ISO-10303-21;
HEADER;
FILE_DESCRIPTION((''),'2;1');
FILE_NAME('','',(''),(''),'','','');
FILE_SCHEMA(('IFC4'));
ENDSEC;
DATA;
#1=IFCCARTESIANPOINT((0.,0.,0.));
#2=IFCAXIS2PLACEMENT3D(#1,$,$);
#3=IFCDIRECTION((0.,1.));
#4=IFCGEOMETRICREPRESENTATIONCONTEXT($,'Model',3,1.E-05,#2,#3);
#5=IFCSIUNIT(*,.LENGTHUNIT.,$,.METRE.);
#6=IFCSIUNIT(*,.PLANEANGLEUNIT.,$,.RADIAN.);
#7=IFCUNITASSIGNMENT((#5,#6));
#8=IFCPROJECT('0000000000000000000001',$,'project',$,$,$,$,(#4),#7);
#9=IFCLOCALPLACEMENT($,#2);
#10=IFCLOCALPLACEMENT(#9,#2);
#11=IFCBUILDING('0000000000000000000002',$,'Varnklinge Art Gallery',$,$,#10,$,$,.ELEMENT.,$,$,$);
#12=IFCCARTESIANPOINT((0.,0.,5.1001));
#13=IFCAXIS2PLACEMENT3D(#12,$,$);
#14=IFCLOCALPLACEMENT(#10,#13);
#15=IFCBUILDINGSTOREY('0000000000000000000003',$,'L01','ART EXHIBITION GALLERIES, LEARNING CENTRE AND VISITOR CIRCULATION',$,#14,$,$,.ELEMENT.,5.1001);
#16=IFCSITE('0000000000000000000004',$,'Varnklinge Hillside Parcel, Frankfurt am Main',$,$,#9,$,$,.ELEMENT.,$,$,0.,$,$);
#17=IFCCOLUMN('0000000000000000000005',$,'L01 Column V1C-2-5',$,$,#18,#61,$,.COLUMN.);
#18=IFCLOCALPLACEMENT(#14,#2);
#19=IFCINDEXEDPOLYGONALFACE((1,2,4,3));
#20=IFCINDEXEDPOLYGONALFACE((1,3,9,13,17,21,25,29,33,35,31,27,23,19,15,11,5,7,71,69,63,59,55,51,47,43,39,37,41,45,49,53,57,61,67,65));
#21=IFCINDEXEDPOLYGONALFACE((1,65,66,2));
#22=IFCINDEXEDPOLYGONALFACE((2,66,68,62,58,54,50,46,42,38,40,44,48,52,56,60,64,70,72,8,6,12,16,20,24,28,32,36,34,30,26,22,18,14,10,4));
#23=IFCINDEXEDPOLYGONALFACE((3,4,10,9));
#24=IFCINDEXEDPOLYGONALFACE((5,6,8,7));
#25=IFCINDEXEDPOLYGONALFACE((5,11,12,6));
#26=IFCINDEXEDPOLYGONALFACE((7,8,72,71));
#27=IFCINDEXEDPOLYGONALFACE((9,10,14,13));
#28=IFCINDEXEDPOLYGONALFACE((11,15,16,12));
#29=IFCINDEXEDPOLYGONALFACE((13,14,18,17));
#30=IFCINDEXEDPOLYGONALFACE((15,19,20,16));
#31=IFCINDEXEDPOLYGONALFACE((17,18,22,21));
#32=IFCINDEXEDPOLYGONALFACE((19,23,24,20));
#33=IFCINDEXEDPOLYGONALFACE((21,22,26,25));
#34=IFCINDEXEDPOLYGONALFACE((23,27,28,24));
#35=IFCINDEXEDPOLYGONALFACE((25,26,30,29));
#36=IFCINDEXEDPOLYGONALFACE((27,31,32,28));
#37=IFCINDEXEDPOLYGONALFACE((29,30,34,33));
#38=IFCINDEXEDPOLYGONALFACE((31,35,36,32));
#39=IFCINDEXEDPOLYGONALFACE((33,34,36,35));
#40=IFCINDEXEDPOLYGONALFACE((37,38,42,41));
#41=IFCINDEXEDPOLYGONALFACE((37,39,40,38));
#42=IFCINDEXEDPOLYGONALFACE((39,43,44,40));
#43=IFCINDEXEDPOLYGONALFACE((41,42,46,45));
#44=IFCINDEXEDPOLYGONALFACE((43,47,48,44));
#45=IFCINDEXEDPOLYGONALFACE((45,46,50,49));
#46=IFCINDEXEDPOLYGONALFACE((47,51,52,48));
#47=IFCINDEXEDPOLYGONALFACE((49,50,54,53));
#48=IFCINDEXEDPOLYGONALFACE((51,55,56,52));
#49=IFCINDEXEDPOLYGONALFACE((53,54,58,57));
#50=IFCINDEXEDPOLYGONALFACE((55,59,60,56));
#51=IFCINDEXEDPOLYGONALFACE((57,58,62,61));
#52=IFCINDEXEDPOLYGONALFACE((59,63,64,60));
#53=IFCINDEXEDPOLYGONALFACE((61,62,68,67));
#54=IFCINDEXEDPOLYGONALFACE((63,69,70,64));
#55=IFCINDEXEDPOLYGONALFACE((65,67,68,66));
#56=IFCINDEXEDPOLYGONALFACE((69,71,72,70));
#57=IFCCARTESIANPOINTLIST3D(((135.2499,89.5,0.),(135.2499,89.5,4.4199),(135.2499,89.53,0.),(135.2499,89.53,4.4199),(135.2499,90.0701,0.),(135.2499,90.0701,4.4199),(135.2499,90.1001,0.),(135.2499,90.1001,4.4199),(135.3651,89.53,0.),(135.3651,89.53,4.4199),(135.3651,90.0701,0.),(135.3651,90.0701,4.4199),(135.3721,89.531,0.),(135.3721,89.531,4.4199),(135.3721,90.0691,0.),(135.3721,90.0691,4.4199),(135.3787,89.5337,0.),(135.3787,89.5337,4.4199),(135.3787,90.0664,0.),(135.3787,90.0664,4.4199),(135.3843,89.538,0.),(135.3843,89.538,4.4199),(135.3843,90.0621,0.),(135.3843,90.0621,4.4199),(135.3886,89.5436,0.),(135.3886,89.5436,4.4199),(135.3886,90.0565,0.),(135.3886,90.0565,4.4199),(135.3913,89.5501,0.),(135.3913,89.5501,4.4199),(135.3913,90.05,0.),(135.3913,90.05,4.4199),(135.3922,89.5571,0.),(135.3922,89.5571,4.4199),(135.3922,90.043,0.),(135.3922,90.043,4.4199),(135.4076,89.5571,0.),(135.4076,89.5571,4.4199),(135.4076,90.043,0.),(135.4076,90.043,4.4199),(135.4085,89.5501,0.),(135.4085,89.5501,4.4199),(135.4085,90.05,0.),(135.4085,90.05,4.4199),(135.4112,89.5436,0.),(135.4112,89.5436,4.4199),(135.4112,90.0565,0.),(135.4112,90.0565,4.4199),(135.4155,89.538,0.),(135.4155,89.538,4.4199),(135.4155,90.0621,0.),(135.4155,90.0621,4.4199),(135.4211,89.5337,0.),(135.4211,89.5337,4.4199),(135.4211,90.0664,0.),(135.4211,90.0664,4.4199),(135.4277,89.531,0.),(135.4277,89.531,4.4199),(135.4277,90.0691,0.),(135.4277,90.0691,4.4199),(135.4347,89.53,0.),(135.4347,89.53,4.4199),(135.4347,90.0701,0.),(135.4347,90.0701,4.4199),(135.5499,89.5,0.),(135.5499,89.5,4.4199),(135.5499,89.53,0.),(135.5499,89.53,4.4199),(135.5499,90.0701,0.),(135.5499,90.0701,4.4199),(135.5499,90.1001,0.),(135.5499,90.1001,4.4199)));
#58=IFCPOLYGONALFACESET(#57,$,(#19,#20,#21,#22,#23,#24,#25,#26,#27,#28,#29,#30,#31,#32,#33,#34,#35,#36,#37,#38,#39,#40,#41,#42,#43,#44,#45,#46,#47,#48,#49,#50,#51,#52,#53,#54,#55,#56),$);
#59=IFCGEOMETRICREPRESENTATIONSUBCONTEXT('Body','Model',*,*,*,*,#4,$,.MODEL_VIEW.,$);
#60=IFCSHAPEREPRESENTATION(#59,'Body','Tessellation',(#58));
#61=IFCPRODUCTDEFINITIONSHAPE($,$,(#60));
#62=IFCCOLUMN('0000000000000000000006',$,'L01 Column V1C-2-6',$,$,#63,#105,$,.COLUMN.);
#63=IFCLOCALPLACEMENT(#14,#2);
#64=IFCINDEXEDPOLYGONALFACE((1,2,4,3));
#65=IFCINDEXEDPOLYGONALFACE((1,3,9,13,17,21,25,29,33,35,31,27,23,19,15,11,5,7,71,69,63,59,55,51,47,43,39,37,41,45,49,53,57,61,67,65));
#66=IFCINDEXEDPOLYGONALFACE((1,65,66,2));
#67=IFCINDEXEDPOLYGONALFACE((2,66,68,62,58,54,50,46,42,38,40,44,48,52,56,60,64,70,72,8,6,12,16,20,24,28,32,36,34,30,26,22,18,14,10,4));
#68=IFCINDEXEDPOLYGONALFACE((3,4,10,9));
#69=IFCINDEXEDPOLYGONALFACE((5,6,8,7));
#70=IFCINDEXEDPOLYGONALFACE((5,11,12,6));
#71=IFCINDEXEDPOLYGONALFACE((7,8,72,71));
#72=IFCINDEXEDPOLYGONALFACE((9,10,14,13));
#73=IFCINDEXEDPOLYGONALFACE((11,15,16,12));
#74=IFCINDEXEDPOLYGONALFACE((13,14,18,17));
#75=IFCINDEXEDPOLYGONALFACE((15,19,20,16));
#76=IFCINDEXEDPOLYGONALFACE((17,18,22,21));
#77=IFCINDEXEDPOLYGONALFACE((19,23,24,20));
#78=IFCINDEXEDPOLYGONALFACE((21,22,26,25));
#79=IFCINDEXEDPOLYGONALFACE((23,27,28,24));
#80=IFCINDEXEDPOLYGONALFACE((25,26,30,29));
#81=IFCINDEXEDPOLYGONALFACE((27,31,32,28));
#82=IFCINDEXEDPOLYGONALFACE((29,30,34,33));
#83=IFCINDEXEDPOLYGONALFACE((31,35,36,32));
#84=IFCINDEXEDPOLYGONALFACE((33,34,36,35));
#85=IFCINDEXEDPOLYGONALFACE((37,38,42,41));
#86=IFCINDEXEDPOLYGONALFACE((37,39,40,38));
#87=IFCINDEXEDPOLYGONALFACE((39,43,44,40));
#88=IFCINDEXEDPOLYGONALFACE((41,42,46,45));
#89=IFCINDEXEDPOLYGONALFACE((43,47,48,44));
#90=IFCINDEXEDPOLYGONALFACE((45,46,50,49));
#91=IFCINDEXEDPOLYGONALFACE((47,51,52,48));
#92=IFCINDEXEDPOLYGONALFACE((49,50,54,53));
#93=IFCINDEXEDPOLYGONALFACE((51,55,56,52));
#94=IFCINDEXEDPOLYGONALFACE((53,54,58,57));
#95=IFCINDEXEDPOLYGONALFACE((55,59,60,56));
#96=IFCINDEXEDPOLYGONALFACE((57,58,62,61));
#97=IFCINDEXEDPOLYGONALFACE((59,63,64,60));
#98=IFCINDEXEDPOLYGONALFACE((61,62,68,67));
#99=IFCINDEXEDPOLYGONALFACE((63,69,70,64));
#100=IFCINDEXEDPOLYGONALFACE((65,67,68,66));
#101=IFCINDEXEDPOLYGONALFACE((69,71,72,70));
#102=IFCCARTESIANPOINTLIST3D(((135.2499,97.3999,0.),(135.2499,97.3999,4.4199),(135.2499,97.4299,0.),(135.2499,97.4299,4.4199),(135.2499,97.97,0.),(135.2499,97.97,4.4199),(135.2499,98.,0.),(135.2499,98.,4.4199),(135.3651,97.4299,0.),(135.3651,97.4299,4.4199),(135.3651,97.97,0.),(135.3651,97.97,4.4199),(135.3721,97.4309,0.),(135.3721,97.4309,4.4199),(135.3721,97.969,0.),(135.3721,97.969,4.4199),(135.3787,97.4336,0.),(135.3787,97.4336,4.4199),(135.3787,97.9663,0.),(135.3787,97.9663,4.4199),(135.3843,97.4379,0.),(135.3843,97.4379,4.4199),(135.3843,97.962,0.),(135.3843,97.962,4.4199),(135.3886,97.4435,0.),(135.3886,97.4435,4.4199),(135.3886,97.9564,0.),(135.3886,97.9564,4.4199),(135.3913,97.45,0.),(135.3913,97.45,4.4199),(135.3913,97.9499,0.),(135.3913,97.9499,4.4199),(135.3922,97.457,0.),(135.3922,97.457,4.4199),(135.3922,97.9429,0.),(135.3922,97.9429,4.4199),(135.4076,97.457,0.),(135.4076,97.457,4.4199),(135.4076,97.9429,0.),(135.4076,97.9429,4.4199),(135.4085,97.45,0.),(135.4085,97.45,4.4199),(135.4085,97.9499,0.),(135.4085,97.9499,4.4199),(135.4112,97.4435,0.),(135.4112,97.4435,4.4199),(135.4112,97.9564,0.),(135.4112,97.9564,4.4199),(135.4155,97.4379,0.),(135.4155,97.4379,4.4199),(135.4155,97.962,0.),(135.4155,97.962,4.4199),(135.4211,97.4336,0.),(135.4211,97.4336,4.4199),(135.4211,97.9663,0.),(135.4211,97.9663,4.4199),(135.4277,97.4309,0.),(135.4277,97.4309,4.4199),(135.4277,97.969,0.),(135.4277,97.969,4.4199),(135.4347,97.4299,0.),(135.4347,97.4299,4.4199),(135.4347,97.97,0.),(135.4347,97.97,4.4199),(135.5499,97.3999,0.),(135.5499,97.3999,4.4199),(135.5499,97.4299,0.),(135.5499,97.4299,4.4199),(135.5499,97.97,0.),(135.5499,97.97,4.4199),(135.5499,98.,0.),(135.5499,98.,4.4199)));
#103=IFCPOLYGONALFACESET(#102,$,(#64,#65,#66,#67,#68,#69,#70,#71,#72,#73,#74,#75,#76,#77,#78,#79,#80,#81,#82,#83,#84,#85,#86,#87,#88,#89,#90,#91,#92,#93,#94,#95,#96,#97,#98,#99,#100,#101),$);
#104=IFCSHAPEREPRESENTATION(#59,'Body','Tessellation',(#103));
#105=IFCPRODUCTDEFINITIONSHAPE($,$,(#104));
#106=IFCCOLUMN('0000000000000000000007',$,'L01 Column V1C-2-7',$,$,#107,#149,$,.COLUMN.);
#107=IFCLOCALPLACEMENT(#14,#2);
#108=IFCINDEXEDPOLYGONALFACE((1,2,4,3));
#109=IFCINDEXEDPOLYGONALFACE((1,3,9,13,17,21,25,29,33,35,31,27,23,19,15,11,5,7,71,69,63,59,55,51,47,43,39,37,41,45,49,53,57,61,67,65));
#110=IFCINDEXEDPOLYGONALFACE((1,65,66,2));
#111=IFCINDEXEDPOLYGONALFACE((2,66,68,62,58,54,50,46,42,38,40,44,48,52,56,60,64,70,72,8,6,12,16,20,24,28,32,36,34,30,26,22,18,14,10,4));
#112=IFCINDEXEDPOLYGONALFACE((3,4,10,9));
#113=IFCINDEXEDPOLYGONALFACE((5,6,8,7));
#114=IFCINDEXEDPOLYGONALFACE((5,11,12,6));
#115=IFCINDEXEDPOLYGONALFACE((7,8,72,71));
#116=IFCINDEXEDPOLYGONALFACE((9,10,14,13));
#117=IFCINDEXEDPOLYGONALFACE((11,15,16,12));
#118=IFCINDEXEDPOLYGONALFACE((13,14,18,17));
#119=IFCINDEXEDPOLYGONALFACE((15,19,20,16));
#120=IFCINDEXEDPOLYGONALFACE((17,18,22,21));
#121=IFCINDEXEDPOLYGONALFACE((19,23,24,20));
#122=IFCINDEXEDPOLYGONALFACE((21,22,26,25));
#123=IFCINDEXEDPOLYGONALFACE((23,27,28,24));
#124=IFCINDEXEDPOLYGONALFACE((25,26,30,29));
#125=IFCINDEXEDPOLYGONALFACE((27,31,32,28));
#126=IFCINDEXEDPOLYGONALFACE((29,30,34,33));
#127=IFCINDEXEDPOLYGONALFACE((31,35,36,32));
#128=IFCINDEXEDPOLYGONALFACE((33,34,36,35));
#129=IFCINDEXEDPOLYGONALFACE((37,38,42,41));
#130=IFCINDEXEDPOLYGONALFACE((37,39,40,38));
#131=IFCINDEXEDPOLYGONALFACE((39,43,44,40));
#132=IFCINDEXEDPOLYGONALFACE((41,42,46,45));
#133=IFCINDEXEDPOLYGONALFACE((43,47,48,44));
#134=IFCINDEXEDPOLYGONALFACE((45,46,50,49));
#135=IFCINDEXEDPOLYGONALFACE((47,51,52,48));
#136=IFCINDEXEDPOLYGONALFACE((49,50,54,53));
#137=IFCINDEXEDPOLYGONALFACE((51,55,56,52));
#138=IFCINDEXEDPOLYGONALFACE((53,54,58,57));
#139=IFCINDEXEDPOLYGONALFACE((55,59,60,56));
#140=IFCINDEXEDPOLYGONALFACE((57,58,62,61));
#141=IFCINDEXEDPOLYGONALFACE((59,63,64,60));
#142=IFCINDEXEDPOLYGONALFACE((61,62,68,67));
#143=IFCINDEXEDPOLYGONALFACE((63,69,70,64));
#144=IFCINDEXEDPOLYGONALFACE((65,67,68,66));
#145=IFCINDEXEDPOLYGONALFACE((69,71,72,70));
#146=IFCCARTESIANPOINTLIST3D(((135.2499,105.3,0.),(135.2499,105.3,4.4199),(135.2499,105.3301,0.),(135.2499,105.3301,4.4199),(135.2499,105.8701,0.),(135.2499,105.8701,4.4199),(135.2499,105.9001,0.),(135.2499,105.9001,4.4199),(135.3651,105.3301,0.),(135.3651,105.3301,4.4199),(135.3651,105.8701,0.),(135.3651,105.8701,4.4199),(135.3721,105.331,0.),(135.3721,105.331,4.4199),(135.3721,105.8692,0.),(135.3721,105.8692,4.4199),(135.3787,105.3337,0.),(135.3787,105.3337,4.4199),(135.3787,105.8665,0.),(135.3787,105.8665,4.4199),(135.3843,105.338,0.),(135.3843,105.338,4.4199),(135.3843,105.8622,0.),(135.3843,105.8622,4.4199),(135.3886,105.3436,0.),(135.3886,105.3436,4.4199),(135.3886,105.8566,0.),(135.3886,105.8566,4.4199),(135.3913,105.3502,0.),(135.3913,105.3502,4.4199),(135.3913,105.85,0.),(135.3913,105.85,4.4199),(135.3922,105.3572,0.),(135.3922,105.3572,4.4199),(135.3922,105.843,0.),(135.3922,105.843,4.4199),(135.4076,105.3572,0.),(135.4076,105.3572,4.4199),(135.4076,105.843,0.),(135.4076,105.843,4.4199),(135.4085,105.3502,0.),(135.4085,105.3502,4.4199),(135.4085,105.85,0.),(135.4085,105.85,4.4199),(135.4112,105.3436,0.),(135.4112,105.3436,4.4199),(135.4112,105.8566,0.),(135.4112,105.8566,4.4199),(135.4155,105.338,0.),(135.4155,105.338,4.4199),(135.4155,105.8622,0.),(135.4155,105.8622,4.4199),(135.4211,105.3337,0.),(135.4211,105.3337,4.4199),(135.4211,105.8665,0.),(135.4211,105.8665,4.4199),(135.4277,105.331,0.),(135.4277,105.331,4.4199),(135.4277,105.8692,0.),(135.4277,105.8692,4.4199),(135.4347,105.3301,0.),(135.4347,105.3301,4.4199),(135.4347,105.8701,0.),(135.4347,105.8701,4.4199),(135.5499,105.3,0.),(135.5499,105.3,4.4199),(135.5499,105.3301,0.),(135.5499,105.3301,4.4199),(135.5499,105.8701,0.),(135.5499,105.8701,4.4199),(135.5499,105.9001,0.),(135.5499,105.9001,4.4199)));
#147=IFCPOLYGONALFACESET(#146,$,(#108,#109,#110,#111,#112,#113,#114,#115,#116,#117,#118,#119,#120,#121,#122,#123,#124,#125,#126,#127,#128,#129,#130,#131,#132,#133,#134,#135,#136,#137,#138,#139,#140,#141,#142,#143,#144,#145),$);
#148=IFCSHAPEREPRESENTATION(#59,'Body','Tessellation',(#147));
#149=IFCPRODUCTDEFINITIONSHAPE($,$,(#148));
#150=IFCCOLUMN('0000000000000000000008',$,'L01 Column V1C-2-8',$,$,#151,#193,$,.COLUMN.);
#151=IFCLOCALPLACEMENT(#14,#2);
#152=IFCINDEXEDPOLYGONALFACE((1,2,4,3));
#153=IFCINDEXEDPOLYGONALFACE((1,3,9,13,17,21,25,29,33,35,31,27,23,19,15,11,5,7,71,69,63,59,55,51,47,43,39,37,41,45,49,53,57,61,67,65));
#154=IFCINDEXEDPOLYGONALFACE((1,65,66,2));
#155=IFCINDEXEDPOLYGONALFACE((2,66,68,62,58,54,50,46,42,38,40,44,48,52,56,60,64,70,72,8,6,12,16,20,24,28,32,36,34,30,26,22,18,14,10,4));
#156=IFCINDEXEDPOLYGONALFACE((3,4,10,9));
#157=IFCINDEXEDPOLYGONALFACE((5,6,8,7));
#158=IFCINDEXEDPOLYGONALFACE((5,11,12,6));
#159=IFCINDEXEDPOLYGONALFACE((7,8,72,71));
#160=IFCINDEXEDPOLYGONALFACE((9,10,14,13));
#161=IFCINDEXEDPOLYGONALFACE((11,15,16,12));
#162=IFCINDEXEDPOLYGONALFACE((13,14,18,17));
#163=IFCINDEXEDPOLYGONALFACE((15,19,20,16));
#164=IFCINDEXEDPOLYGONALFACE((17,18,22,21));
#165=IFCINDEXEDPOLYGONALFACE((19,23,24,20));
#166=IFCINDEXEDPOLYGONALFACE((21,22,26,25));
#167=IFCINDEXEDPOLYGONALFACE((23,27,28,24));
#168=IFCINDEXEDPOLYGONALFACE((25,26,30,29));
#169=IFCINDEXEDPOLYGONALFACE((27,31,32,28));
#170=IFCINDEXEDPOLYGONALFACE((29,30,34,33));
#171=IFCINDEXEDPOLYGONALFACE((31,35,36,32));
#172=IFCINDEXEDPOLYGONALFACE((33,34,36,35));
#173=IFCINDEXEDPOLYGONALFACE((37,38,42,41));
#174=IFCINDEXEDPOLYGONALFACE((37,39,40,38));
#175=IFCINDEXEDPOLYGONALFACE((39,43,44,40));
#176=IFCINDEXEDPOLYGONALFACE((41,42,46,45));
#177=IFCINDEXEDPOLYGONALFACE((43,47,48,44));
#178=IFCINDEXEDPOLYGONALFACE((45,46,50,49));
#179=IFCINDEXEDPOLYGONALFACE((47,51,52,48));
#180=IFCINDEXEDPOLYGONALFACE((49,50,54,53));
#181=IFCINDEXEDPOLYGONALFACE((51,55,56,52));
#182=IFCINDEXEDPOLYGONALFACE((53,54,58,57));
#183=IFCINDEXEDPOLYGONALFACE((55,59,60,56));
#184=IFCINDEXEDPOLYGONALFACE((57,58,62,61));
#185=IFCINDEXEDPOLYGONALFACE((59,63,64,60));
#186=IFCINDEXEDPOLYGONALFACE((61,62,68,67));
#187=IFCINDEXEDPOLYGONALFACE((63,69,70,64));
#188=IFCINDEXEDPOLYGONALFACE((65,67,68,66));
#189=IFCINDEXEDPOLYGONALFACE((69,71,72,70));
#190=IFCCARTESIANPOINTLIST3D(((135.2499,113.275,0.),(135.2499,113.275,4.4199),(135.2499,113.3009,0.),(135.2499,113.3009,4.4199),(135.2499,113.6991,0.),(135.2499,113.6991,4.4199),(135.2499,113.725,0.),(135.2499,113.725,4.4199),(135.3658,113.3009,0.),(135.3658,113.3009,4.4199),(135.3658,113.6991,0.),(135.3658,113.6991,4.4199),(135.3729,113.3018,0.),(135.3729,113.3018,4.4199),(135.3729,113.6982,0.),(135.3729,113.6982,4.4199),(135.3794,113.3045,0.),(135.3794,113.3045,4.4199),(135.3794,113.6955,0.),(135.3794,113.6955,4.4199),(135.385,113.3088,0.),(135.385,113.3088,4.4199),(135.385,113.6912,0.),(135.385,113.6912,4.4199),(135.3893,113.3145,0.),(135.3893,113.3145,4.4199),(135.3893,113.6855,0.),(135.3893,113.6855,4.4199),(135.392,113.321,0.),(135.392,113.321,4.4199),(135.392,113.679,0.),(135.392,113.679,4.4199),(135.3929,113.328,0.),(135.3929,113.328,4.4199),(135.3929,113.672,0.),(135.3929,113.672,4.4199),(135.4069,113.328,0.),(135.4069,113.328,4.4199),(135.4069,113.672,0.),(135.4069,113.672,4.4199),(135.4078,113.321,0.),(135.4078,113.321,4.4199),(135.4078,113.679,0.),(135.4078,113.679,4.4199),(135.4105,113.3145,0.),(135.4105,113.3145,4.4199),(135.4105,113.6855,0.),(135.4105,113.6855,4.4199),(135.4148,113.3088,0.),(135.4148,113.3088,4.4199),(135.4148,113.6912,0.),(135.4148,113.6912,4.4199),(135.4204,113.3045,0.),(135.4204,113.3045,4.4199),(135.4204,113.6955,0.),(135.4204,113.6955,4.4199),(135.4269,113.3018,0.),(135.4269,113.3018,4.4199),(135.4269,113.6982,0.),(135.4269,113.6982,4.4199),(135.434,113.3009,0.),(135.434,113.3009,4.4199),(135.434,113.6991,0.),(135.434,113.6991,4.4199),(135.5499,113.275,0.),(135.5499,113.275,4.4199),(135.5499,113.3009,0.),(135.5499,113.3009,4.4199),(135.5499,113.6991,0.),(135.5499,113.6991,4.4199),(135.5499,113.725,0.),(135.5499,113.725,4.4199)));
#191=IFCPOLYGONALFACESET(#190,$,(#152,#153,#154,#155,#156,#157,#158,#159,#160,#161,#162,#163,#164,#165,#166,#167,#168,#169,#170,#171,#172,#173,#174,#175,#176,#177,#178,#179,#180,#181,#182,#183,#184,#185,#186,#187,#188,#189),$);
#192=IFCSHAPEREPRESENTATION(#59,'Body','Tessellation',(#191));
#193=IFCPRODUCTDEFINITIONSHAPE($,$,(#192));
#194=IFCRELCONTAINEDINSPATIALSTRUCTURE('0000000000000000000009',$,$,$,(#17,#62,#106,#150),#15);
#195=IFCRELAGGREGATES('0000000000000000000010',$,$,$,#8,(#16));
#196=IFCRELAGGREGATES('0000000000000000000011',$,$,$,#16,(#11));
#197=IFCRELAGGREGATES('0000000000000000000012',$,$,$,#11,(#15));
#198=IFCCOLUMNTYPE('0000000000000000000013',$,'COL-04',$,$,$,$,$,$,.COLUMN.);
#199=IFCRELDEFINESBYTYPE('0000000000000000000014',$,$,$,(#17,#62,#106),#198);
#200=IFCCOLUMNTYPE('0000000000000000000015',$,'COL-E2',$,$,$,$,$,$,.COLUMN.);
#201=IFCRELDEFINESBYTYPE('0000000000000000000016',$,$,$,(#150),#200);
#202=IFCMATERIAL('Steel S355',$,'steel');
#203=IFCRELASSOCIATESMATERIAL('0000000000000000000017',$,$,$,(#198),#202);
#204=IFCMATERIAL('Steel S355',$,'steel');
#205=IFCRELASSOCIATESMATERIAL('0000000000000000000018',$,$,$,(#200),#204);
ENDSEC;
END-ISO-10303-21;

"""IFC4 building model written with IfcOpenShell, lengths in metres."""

from ifc_helpers import new_model, si_unit, direction, frame, origin, origin_2d, place, context, subcontext, project, spatial, i_section, extrude, material, material_profile, profile_set, type_object, element, save


model = new_model("IFC4")

# Units and contexts
model_context = context("Model", 3, precision=1e-05, world=origin(), true_north=direction((0.0, 1.0)))
body_context = subcontext(model_context, "Body", "Model", "MODEL_VIEW")
ifc_project = project(units=[si_unit("LENGTHUNIT", "METRE"), si_unit("PLANEANGLEUNIT", "RADIAN")], contexts=[model_context])

# Site, building, storey
site_placement = place(None, origin())
site = spatial("IfcSite", under=ifc_project, at=site_placement, Name="Varnklinge Hillside Parcel, Frankfurt am Main", CompositionType="ELEMENT", RefElevation=0.0)
building_placement = place(site_placement, origin())
building = spatial("IfcBuilding", under=site, at=building_placement, Name="Varnklinge Art Gallery", CompositionType="ELEMENT")
storey_placement = place(building_placement, frame((0.0, 0.0, 5.1001)))
storey = spatial("IfcBuildingStorey", under=building, at=storey_placement, Name="L01", Description="ART EXHIBITION GALLERIES, LEARNING CENTRE AND VISITOR CIRCULATION", CompositionType="ELEMENT", Elevation=5.1001)

# Columns
ifc_material_1 = material(Name="Steel S355", Category="steel")
ifc_material_profile_1 = material_profile(ifc_material_1, i_section(OverallWidth=0.3, OverallDepth=0.6001, WebThickness=0.0154, FlangeThickness=0.03, FilletRadius=0.0271, at=origin_2d()), Name="HEB 600")
ifc_profile_set_1 = profile_set([ifc_material_profile_1], Name="Steel S355")
column_type_1 = type_object("IfcColumnType", Name="COL-04", PredefinedType="COLUMN", material=ifc_profile_set_1)
for number, where, z_axis, x_axis, name in (
    (1, (135.3999, 89.8, 0.0), (0.0, 0.0, 1.0), (1.0, 0.0, 0.0), "L01 Column V1C-2-5"),
    (2, (135.3999, 97.7, 0.0), (0.0, 0.0, 1.0), (1.0, 0.0, 0.0), "L01 Column V1C-2-6"),
    (3, (135.3999, 105.6001, 0.0), (0.0, 0.0, 1.0), (1.0, 0.0, 0.0), "L01 Column V1C-2-7"),
):
    element("IfcColumn", number, at=place(storey_placement, frame(where, z_axis=z_axis, x_axis=x_axis)), inside=storey, type_object=column_type_1, Name=name, PredefinedType="COLUMN", context=body_context, shape_type="SweptSolid", body=[
        extrude(i_section(OverallWidth=0.3, OverallDepth=0.6001, WebThickness=0.0154, FlangeThickness=0.03, FilletRadius=0.0271, at=origin_2d()), origin(), (0.0, 0.0, 1.0), 4.4199),
    ])
ifc_material_2 = material(Name="Steel S355", Category="steel")
ifc_material_profile_2 = material_profile(ifc_material_2, i_section(OverallWidth=0.3, OverallDepth=0.45, WebThickness=0.0139, FlangeThickness=0.0259, FilletRadius=0.0271, at=origin_2d()), Name="HEB 450")
ifc_profile_set_2 = profile_set([ifc_material_profile_2], Name="Steel S355")
column_type_2 = type_object("IfcColumnType", Name="COL-E2", PredefinedType="COLUMN", material=ifc_profile_set_2)
column_placement = place(storey_placement, frame((135.3999, 113.5, 0.0), z_axis=(0.0, 0.0, 1.0), x_axis=(1.0, 0.0, 0.0)))
element("IfcColumn", 4, at=column_placement, inside=storey, type_object=column_type_2, Name="L01 Column V1C-2-8", PredefinedType="COLUMN", context=body_context, shape_type="SweptSolid", body=[
    extrude(i_section(OverallWidth=0.3, OverallDepth=0.45, WebThickness=0.0139, FlangeThickness=0.0259, FilletRadius=0.0271, at=origin_2d()), origin(), (0.0, 0.0, 1.0), 4.4199),
])

save(model, "model.ifc")
